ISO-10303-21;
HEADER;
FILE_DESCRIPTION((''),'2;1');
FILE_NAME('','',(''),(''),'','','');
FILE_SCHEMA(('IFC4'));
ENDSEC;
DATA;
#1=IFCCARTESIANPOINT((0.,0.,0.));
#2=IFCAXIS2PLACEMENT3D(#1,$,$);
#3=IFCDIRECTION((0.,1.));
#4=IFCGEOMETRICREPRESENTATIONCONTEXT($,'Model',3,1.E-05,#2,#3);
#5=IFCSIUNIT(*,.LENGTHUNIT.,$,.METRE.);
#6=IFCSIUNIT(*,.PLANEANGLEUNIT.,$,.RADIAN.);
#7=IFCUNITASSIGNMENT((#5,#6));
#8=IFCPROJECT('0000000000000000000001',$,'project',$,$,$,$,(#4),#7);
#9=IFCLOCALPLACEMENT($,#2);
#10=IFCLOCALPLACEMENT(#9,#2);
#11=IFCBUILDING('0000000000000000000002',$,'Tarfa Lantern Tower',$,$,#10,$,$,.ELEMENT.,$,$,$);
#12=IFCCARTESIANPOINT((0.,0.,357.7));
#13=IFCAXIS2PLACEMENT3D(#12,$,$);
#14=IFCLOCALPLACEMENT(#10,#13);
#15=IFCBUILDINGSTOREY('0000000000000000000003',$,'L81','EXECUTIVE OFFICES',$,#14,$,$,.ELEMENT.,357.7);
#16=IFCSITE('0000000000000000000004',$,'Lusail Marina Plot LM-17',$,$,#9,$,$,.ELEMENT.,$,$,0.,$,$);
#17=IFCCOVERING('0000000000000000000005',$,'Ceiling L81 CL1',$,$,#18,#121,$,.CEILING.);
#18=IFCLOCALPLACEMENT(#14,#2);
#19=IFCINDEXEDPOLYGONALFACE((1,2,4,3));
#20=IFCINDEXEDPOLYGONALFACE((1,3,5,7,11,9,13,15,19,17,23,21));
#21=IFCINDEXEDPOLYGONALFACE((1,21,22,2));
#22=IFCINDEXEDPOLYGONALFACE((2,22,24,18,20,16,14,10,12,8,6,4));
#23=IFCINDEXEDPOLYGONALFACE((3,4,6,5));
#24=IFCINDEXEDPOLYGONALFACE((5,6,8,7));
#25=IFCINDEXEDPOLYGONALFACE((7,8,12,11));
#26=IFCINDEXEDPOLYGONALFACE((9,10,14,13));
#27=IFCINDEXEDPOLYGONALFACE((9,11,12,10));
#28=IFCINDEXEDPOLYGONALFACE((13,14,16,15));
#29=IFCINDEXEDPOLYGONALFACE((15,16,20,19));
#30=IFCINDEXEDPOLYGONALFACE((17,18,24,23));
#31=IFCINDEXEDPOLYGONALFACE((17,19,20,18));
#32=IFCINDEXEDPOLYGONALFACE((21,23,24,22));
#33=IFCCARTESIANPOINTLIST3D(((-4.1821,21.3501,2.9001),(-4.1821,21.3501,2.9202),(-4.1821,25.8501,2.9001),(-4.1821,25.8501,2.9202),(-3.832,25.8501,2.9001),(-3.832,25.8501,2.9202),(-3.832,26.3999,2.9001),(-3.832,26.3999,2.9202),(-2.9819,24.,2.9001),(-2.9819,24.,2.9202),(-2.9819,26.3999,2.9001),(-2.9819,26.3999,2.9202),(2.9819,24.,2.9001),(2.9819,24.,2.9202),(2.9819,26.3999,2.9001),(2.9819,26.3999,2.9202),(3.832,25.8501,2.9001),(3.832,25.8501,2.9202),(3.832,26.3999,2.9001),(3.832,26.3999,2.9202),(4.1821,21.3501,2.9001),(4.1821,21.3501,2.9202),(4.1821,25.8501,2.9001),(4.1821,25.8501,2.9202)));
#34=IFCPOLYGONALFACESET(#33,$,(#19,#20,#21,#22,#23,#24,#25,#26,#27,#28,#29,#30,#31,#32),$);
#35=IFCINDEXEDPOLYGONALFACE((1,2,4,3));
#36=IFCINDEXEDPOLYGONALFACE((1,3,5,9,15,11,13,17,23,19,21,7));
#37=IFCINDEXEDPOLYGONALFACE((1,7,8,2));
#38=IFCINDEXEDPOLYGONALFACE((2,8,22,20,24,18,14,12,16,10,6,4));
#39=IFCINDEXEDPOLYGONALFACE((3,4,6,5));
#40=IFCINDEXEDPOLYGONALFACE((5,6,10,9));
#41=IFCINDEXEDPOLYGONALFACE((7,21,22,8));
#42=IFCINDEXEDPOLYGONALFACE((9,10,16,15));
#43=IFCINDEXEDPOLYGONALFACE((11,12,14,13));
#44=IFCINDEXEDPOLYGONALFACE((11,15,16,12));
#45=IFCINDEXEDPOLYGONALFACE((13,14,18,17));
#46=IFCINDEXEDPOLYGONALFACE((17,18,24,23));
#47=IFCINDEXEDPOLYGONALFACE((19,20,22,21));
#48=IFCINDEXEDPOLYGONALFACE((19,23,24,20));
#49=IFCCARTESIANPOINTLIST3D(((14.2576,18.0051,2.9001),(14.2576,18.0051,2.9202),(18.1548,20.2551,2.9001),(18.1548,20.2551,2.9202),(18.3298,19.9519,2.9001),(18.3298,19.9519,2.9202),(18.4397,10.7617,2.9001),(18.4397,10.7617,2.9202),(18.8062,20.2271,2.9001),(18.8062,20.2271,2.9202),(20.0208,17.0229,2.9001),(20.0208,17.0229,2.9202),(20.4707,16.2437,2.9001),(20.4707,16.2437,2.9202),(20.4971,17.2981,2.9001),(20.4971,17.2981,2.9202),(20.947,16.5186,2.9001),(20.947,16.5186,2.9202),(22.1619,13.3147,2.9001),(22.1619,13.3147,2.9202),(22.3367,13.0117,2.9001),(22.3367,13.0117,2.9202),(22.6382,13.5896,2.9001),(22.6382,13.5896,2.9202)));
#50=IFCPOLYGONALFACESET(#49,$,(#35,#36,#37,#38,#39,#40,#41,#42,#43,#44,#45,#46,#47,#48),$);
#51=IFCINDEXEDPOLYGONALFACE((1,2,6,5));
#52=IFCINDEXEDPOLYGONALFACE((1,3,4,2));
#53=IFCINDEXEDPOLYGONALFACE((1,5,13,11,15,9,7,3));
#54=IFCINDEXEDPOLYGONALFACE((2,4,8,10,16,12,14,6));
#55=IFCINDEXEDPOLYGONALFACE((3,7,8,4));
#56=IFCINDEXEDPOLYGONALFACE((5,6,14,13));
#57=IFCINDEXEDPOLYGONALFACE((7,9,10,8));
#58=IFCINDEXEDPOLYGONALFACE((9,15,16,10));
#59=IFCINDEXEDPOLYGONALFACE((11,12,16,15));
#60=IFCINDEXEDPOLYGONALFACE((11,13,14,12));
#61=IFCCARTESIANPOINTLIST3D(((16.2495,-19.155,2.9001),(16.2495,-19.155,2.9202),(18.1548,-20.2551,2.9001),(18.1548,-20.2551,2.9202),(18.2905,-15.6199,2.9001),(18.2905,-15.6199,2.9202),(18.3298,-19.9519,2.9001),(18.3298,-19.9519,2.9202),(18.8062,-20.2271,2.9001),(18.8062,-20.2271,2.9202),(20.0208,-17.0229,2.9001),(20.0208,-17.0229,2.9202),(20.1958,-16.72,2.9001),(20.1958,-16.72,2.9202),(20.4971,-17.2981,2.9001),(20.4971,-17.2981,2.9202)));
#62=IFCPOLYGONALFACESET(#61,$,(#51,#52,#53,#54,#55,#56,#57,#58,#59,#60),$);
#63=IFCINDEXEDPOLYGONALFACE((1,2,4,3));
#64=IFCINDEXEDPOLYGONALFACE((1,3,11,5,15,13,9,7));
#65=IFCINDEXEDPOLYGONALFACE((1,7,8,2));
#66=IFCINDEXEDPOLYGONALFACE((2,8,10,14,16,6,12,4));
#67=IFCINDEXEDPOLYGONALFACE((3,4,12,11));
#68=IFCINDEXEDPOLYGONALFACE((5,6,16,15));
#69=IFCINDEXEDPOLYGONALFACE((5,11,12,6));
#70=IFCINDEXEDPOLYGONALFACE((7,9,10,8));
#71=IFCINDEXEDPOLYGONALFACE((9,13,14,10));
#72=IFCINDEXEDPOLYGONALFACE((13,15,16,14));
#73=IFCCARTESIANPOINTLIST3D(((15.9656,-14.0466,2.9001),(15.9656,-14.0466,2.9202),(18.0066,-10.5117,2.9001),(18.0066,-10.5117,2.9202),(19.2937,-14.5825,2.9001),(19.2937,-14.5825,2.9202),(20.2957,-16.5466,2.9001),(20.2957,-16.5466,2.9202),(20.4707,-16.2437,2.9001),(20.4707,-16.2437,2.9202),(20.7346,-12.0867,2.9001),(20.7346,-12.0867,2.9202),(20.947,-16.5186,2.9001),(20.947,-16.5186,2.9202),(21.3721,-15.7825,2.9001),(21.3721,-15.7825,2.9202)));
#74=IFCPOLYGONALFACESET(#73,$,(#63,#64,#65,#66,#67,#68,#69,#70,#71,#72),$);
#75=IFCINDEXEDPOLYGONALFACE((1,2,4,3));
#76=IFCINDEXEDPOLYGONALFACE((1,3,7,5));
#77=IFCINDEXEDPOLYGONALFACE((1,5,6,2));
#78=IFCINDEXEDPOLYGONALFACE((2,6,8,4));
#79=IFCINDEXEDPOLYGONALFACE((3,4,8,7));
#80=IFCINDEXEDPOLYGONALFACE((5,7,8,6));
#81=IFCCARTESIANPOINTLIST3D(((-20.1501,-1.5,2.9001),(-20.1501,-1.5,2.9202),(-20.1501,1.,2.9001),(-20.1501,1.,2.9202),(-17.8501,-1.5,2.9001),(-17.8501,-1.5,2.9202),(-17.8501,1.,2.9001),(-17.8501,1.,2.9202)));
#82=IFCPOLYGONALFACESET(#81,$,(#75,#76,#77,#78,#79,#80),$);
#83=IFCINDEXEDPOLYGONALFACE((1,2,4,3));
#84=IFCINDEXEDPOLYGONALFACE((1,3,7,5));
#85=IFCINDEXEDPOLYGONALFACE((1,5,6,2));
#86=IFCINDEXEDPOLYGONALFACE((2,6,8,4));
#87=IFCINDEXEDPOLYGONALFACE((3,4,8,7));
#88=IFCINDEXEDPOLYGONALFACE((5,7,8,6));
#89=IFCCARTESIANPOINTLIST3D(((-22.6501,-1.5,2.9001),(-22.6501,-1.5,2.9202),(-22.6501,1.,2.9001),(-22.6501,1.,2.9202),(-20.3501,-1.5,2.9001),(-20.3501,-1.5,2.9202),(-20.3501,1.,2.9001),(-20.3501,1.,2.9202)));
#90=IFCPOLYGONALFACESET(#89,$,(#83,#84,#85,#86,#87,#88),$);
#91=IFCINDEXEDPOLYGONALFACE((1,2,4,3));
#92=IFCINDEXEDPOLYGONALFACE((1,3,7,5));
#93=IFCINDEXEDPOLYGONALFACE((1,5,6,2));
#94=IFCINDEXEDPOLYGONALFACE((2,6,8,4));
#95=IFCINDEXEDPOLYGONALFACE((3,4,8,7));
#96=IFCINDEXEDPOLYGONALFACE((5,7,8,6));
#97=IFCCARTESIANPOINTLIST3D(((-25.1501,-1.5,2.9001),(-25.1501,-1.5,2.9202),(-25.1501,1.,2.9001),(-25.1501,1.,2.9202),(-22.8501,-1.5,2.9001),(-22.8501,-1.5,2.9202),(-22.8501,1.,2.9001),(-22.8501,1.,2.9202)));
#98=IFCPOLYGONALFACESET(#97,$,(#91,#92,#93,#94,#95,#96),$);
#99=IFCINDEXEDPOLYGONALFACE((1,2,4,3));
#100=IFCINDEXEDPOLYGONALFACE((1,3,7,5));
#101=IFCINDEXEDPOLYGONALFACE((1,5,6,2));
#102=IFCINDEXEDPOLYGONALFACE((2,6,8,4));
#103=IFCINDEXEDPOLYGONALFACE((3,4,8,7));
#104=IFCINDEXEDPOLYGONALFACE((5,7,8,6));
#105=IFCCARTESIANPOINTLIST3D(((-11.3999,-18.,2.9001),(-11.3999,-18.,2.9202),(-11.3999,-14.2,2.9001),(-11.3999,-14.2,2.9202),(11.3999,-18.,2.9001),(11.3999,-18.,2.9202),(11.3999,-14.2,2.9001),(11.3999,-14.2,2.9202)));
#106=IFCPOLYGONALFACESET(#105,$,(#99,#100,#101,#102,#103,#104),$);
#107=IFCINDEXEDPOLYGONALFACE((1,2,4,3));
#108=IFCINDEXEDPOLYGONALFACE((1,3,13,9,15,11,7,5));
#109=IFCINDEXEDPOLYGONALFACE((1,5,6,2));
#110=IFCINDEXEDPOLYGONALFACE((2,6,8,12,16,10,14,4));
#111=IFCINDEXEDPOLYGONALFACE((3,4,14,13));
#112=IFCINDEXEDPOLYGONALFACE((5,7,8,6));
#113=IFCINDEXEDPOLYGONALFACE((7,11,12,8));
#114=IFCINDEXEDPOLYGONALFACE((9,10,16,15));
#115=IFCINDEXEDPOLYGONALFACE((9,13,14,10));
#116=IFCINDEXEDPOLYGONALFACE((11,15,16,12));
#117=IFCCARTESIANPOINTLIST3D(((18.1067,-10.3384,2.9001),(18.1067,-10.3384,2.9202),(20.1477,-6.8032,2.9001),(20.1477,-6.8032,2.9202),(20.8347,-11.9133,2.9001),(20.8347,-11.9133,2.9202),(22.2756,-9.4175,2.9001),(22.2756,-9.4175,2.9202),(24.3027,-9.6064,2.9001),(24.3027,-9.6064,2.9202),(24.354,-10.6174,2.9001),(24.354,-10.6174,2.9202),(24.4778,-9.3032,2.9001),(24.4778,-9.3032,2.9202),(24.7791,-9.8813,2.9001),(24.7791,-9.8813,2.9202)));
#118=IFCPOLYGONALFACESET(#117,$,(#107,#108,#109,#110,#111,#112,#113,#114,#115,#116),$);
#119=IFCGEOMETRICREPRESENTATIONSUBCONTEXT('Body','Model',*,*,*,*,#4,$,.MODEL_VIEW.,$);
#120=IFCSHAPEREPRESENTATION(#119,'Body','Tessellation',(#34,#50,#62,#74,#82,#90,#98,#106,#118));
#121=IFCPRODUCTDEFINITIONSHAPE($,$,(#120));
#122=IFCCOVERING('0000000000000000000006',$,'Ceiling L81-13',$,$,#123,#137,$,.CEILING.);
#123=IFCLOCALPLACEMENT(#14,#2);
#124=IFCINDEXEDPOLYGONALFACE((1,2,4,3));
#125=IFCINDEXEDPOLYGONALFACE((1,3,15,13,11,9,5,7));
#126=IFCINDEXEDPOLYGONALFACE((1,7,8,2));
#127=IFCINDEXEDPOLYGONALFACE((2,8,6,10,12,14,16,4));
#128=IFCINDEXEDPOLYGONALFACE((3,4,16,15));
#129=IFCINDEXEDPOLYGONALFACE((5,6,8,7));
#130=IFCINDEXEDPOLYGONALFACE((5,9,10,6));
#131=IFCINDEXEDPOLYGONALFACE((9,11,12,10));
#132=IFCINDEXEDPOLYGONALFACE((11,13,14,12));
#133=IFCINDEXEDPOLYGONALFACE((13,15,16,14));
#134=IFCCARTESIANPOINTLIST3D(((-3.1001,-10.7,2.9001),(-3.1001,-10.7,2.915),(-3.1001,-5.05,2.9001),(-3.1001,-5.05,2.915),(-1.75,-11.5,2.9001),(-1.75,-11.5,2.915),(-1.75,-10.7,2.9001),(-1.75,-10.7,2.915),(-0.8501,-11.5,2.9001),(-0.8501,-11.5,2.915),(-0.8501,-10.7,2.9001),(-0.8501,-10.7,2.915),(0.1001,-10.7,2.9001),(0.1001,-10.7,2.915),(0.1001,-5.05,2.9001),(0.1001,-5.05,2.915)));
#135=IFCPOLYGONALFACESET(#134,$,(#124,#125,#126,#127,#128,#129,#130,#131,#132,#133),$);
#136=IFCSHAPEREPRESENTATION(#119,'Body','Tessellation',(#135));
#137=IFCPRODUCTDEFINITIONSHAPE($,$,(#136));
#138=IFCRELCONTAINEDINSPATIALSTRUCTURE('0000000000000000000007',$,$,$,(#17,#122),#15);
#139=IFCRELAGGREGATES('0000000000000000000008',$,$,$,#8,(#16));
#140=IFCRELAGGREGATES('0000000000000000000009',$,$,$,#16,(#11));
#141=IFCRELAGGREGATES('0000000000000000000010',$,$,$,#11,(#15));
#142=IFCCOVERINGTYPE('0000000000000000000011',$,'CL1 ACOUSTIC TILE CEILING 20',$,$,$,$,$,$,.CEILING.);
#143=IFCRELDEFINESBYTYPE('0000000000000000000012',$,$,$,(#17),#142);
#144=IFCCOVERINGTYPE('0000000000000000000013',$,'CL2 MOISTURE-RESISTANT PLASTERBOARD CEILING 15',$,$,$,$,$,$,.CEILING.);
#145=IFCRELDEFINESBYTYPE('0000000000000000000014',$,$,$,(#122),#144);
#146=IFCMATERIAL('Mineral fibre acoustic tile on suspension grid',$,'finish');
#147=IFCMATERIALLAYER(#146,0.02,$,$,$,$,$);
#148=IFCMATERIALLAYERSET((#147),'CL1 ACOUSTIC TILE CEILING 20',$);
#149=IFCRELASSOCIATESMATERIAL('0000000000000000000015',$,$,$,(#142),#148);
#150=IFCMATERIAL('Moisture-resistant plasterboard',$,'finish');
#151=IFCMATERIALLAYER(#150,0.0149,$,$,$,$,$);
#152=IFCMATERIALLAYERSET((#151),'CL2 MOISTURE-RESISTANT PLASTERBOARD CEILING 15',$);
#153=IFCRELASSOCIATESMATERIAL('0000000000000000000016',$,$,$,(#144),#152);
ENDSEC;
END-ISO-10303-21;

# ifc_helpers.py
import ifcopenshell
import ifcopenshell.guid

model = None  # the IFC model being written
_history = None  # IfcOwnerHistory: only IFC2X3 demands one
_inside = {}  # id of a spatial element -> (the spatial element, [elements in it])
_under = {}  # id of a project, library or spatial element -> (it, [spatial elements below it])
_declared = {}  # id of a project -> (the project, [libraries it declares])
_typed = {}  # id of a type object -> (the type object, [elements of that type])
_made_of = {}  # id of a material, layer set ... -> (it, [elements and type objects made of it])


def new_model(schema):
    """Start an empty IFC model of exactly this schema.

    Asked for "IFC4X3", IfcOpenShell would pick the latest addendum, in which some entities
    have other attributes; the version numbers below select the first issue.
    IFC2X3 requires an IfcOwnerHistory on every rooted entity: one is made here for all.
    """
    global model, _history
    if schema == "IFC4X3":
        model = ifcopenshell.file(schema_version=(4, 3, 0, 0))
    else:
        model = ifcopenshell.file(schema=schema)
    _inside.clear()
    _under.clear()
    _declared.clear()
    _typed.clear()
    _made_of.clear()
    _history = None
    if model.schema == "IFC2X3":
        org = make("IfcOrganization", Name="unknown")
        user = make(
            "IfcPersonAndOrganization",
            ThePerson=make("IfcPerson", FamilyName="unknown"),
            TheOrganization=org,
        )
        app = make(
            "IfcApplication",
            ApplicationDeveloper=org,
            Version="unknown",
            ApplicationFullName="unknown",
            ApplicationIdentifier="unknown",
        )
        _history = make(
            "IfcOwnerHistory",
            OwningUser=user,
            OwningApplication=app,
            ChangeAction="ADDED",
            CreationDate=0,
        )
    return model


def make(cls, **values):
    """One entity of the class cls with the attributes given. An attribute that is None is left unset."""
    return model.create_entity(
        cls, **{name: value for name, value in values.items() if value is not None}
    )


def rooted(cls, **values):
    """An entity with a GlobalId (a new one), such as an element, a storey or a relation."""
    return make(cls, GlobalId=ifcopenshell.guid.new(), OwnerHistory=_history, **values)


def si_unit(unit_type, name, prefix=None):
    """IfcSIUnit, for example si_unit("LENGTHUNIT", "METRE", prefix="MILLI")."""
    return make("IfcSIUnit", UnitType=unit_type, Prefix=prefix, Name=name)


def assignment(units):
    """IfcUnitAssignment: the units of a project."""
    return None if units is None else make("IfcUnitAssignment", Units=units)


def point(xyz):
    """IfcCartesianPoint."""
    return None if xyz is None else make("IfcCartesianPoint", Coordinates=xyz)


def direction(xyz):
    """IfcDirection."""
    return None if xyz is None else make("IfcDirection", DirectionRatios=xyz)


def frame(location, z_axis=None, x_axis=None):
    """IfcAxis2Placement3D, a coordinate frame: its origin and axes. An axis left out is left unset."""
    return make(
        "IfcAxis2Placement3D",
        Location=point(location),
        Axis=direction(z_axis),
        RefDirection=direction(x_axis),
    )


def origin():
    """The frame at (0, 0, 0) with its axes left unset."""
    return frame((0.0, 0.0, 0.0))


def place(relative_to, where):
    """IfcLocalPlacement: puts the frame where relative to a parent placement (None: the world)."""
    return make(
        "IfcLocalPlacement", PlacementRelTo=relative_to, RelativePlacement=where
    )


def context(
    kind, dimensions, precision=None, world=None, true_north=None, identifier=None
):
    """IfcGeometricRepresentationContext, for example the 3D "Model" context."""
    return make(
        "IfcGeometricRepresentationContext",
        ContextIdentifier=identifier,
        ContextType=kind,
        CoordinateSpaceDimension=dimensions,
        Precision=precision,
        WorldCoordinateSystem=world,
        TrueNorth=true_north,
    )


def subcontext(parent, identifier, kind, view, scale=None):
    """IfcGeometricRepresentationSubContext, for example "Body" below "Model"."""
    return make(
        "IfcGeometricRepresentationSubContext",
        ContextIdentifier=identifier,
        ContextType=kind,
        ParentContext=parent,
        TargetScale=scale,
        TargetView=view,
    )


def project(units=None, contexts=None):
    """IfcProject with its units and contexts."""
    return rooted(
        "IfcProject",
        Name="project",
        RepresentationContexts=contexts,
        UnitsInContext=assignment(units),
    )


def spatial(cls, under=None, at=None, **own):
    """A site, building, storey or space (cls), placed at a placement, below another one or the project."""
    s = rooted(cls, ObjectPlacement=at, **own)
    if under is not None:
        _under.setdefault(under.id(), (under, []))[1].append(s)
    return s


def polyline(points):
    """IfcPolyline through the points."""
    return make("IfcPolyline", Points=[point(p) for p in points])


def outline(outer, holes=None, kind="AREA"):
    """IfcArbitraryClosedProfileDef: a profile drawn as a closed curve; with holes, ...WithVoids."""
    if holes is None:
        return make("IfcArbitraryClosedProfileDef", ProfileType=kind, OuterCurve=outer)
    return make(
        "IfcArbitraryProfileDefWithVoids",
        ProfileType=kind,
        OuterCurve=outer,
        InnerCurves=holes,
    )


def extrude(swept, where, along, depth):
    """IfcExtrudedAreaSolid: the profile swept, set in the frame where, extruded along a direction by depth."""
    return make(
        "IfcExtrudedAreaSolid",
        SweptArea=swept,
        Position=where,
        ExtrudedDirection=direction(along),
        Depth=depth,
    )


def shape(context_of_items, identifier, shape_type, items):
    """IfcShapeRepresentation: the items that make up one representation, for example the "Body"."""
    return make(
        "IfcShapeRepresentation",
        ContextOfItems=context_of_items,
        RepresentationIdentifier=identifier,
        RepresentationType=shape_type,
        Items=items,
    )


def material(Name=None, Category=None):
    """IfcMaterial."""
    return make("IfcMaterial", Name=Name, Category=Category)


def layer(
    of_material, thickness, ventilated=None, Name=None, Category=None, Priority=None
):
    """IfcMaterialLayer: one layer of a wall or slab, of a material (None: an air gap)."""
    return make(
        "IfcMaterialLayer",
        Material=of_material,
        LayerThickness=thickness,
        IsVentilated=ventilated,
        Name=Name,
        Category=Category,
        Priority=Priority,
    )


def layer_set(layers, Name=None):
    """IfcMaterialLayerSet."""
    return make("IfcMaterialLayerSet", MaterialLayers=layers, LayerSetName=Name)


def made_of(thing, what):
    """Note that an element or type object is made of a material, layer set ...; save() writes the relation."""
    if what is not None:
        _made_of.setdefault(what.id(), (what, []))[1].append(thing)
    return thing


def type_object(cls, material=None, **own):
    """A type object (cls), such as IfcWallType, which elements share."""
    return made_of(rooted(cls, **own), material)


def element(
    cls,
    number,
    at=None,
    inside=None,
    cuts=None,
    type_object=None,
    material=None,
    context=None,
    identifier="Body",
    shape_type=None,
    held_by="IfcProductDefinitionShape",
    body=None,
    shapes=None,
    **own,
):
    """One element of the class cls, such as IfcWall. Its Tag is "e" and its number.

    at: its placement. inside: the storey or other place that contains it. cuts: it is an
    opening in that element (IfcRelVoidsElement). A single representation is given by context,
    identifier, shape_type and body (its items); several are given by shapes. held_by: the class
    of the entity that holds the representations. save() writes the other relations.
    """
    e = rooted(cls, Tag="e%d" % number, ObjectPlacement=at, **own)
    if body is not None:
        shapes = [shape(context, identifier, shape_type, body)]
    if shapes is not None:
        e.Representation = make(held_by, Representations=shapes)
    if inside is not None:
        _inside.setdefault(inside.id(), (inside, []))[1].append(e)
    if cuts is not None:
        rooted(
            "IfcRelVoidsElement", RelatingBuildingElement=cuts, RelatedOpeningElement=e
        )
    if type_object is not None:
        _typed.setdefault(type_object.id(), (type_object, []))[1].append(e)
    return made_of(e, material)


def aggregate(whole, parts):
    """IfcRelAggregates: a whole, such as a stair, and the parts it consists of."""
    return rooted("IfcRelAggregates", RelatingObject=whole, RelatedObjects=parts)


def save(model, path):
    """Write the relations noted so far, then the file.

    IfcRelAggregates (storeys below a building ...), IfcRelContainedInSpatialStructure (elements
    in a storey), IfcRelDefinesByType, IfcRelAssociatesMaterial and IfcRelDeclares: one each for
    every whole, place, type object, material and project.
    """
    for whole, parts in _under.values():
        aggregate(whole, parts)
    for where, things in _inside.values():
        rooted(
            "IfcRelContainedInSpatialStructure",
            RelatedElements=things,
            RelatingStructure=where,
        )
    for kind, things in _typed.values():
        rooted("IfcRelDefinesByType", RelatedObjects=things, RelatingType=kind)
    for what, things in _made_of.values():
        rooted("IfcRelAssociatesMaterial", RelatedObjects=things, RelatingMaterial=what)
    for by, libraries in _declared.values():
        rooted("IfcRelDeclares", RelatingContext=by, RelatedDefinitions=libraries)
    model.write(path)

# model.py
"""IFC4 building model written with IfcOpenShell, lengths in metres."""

from ifc_helpers import new_model, si_unit, direction, frame, origin, place, context, subcontext, project, spatial, polyline, outline, extrude, material, layer, layer_set, type_object, element, save


model = new_model("IFC4")

# Units and contexts
model_context = context("Model", 3, precision=1e-05, world=origin(), true_north=direction((0.0, 1.0)))
body_context = subcontext(model_context, "Body", "Model", "MODEL_VIEW")
ifc_project = project(units=[si_unit("LENGTHUNIT", "METRE"), si_unit("PLANEANGLEUNIT", "RADIAN")], contexts=[model_context])

# Site, building, storey
site_placement = place(None, origin())
site = spatial("IfcSite", under=ifc_project, at=site_placement, Name="Lusail Marina Plot LM-17", CompositionType="ELEMENT", RefElevation=0.0)
building_placement = place(site_placement, origin())
building = spatial("IfcBuilding", under=site, at=building_placement, Name="Tarfa Lantern Tower", CompositionType="ELEMENT")
storey_placement = place(building_placement, frame((0.0, 0.0, 357.7)))
storey = spatial("IfcBuildingStorey", under=building, at=storey_placement, Name="L81", Description="EXECUTIVE OFFICES", CompositionType="ELEMENT", Elevation=357.7)

# Coverings
ifc_material_1 = material(Name="Mineral fibre acoustic tile on suspension grid", Category="finish")
ifc_layer_1 = layer(ifc_material_1, 0.02)
ifc_layer_set_1 = layer_set([ifc_layer_1], Name="CL1 ACOUSTIC TILE CEILING 20")
covering_type_1 = type_object("IfcCoveringType", Name="CL1 ACOUSTIC TILE CEILING 20", PredefinedType="CEILING", material=ifc_layer_set_1)
covering_1_placement = place(storey_placement, frame((0.0, 0.0, 2.9001)))
element("IfcCovering", 1, at=covering_1_placement, inside=storey, type_object=covering_type_1, Name="Ceiling L81 CL1", PredefinedType="CEILING", context=body_context, shape_type="SweptSolid", body=[
    extrude(outline(polyline([(4.1821, 21.3501), (-4.1821, 21.3501), (-4.1821, 25.8501), (-3.832, 25.8501), (-3.832, 26.3999), (-2.9819, 26.3999), (-2.9819, 24.0), (2.9819, 24.0), (2.9819, 26.3999), (3.832, 26.3999), (3.832, 25.8501), (4.1821, 25.8501), (4.1821, 21.3501)])), origin(), (0.0, 0.0, 1.0), 0.02),
    extrude(outline(polyline([(14.2576, 18.0051), (18.1548, 20.2551), (18.3298, 19.9519), (18.8062, 20.2271), (20.4971, 17.2981), (20.0208, 17.0229), (20.4707, 16.2437), (20.947, 16.5186), (22.6382, 13.5896), (22.1619, 13.3147), (22.3367, 13.0117), (18.4397, 10.7617), (14.2576, 18.0051)])), origin(), (0.0, 0.0, 1.0), 0.02),
    extrude(outline(polyline([(16.2495, -19.155), (18.2905, -15.6199), (20.1958, -16.72), (20.0208, -17.0229), (20.4971, -17.2981), (18.8062, -20.2271), (18.3298, -19.9519), (18.1548, -20.2551), (16.2495, -19.155)])), origin(), (0.0, 0.0, 1.0), 0.02),
    extrude(outline(polyline([(18.0066, -10.5117), (20.7346, -12.0867), (19.2937, -14.5825), (21.3721, -15.7825), (20.947, -16.5186), (20.4707, -16.2437), (20.2957, -16.5466), (15.9656, -14.0466), (18.0066, -10.5117)])), origin(), (0.0, 0.0, 1.0), 0.02),
    extrude(outline(polyline([(-20.1501, 1.0), (-17.8501, 1.0), (-17.8501, -1.5), (-20.1501, -1.5), (-20.1501, 1.0)])), origin(), (0.0, 0.0, 1.0), 0.02),
    extrude(outline(polyline([(-22.6501, 1.0), (-20.3501, 1.0), (-20.3501, -1.5), (-22.6501, -1.5), (-22.6501, 1.0)])), origin(), (0.0, 0.0, 1.0), 0.02),
    extrude(outline(polyline([(-25.1501, 1.0), (-22.8501, 1.0), (-22.8501, -1.5), (-25.1501, -1.5), (-25.1501, 1.0)])), origin(), (0.0, 0.0, 1.0), 0.02),
    extrude(outline(polyline([(-11.3999, -14.2), (11.3999, -14.2), (11.3999, -18.0), (-11.3999, -18.0), (-11.3999, -14.2)])), origin(), (0.0, 0.0, 1.0), 0.02),
    extrude(outline(polyline([(20.1477, -6.8032), (24.4778, -9.3032), (24.3027, -9.6064), (24.7791, -9.8813), (24.354, -10.6174), (22.2756, -9.4175), (20.8347, -11.9133), (18.1067, -10.3384), (20.1477, -6.8032)])), origin(), (0.0, 0.0, 1.0), 0.02),
])
ifc_material_2 = material(Name="Moisture-resistant plasterboard", Category="finish")
ifc_layer_2 = layer(ifc_material_2, 0.0149)
ifc_layer_set_2 = layer_set([ifc_layer_2], Name="CL2 MOISTURE-RESISTANT PLASTERBOARD CEILING 15")
covering_type_2 = type_object("IfcCoveringType", Name="CL2 MOISTURE-RESISTANT PLASTERBOARD CEILING 15", PredefinedType="CEILING", material=ifc_layer_set_2)
covering_2_placement = place(storey_placement, frame((0.0, 0.0, 2.9001)))
element("IfcCovering", 2, at=covering_2_placement, inside=storey, type_object=covering_type_2, Name="Ceiling L81-13", PredefinedType="CEILING", context=body_context, shape_type="SweptSolid", body=[
    extrude(outline(polyline([(-0.8501, -10.7), (0.1001, -10.7), (0.1001, -5.05), (-3.1001, -5.05), (-3.1001, -10.7), (-1.75, -10.7), (-1.75, -11.5), (-0.8501, -11.5), (-0.8501, -10.7)])), origin(), (0.0, 0.0, 1.0), 0.0149),
])

save(model, "model.ifc")
